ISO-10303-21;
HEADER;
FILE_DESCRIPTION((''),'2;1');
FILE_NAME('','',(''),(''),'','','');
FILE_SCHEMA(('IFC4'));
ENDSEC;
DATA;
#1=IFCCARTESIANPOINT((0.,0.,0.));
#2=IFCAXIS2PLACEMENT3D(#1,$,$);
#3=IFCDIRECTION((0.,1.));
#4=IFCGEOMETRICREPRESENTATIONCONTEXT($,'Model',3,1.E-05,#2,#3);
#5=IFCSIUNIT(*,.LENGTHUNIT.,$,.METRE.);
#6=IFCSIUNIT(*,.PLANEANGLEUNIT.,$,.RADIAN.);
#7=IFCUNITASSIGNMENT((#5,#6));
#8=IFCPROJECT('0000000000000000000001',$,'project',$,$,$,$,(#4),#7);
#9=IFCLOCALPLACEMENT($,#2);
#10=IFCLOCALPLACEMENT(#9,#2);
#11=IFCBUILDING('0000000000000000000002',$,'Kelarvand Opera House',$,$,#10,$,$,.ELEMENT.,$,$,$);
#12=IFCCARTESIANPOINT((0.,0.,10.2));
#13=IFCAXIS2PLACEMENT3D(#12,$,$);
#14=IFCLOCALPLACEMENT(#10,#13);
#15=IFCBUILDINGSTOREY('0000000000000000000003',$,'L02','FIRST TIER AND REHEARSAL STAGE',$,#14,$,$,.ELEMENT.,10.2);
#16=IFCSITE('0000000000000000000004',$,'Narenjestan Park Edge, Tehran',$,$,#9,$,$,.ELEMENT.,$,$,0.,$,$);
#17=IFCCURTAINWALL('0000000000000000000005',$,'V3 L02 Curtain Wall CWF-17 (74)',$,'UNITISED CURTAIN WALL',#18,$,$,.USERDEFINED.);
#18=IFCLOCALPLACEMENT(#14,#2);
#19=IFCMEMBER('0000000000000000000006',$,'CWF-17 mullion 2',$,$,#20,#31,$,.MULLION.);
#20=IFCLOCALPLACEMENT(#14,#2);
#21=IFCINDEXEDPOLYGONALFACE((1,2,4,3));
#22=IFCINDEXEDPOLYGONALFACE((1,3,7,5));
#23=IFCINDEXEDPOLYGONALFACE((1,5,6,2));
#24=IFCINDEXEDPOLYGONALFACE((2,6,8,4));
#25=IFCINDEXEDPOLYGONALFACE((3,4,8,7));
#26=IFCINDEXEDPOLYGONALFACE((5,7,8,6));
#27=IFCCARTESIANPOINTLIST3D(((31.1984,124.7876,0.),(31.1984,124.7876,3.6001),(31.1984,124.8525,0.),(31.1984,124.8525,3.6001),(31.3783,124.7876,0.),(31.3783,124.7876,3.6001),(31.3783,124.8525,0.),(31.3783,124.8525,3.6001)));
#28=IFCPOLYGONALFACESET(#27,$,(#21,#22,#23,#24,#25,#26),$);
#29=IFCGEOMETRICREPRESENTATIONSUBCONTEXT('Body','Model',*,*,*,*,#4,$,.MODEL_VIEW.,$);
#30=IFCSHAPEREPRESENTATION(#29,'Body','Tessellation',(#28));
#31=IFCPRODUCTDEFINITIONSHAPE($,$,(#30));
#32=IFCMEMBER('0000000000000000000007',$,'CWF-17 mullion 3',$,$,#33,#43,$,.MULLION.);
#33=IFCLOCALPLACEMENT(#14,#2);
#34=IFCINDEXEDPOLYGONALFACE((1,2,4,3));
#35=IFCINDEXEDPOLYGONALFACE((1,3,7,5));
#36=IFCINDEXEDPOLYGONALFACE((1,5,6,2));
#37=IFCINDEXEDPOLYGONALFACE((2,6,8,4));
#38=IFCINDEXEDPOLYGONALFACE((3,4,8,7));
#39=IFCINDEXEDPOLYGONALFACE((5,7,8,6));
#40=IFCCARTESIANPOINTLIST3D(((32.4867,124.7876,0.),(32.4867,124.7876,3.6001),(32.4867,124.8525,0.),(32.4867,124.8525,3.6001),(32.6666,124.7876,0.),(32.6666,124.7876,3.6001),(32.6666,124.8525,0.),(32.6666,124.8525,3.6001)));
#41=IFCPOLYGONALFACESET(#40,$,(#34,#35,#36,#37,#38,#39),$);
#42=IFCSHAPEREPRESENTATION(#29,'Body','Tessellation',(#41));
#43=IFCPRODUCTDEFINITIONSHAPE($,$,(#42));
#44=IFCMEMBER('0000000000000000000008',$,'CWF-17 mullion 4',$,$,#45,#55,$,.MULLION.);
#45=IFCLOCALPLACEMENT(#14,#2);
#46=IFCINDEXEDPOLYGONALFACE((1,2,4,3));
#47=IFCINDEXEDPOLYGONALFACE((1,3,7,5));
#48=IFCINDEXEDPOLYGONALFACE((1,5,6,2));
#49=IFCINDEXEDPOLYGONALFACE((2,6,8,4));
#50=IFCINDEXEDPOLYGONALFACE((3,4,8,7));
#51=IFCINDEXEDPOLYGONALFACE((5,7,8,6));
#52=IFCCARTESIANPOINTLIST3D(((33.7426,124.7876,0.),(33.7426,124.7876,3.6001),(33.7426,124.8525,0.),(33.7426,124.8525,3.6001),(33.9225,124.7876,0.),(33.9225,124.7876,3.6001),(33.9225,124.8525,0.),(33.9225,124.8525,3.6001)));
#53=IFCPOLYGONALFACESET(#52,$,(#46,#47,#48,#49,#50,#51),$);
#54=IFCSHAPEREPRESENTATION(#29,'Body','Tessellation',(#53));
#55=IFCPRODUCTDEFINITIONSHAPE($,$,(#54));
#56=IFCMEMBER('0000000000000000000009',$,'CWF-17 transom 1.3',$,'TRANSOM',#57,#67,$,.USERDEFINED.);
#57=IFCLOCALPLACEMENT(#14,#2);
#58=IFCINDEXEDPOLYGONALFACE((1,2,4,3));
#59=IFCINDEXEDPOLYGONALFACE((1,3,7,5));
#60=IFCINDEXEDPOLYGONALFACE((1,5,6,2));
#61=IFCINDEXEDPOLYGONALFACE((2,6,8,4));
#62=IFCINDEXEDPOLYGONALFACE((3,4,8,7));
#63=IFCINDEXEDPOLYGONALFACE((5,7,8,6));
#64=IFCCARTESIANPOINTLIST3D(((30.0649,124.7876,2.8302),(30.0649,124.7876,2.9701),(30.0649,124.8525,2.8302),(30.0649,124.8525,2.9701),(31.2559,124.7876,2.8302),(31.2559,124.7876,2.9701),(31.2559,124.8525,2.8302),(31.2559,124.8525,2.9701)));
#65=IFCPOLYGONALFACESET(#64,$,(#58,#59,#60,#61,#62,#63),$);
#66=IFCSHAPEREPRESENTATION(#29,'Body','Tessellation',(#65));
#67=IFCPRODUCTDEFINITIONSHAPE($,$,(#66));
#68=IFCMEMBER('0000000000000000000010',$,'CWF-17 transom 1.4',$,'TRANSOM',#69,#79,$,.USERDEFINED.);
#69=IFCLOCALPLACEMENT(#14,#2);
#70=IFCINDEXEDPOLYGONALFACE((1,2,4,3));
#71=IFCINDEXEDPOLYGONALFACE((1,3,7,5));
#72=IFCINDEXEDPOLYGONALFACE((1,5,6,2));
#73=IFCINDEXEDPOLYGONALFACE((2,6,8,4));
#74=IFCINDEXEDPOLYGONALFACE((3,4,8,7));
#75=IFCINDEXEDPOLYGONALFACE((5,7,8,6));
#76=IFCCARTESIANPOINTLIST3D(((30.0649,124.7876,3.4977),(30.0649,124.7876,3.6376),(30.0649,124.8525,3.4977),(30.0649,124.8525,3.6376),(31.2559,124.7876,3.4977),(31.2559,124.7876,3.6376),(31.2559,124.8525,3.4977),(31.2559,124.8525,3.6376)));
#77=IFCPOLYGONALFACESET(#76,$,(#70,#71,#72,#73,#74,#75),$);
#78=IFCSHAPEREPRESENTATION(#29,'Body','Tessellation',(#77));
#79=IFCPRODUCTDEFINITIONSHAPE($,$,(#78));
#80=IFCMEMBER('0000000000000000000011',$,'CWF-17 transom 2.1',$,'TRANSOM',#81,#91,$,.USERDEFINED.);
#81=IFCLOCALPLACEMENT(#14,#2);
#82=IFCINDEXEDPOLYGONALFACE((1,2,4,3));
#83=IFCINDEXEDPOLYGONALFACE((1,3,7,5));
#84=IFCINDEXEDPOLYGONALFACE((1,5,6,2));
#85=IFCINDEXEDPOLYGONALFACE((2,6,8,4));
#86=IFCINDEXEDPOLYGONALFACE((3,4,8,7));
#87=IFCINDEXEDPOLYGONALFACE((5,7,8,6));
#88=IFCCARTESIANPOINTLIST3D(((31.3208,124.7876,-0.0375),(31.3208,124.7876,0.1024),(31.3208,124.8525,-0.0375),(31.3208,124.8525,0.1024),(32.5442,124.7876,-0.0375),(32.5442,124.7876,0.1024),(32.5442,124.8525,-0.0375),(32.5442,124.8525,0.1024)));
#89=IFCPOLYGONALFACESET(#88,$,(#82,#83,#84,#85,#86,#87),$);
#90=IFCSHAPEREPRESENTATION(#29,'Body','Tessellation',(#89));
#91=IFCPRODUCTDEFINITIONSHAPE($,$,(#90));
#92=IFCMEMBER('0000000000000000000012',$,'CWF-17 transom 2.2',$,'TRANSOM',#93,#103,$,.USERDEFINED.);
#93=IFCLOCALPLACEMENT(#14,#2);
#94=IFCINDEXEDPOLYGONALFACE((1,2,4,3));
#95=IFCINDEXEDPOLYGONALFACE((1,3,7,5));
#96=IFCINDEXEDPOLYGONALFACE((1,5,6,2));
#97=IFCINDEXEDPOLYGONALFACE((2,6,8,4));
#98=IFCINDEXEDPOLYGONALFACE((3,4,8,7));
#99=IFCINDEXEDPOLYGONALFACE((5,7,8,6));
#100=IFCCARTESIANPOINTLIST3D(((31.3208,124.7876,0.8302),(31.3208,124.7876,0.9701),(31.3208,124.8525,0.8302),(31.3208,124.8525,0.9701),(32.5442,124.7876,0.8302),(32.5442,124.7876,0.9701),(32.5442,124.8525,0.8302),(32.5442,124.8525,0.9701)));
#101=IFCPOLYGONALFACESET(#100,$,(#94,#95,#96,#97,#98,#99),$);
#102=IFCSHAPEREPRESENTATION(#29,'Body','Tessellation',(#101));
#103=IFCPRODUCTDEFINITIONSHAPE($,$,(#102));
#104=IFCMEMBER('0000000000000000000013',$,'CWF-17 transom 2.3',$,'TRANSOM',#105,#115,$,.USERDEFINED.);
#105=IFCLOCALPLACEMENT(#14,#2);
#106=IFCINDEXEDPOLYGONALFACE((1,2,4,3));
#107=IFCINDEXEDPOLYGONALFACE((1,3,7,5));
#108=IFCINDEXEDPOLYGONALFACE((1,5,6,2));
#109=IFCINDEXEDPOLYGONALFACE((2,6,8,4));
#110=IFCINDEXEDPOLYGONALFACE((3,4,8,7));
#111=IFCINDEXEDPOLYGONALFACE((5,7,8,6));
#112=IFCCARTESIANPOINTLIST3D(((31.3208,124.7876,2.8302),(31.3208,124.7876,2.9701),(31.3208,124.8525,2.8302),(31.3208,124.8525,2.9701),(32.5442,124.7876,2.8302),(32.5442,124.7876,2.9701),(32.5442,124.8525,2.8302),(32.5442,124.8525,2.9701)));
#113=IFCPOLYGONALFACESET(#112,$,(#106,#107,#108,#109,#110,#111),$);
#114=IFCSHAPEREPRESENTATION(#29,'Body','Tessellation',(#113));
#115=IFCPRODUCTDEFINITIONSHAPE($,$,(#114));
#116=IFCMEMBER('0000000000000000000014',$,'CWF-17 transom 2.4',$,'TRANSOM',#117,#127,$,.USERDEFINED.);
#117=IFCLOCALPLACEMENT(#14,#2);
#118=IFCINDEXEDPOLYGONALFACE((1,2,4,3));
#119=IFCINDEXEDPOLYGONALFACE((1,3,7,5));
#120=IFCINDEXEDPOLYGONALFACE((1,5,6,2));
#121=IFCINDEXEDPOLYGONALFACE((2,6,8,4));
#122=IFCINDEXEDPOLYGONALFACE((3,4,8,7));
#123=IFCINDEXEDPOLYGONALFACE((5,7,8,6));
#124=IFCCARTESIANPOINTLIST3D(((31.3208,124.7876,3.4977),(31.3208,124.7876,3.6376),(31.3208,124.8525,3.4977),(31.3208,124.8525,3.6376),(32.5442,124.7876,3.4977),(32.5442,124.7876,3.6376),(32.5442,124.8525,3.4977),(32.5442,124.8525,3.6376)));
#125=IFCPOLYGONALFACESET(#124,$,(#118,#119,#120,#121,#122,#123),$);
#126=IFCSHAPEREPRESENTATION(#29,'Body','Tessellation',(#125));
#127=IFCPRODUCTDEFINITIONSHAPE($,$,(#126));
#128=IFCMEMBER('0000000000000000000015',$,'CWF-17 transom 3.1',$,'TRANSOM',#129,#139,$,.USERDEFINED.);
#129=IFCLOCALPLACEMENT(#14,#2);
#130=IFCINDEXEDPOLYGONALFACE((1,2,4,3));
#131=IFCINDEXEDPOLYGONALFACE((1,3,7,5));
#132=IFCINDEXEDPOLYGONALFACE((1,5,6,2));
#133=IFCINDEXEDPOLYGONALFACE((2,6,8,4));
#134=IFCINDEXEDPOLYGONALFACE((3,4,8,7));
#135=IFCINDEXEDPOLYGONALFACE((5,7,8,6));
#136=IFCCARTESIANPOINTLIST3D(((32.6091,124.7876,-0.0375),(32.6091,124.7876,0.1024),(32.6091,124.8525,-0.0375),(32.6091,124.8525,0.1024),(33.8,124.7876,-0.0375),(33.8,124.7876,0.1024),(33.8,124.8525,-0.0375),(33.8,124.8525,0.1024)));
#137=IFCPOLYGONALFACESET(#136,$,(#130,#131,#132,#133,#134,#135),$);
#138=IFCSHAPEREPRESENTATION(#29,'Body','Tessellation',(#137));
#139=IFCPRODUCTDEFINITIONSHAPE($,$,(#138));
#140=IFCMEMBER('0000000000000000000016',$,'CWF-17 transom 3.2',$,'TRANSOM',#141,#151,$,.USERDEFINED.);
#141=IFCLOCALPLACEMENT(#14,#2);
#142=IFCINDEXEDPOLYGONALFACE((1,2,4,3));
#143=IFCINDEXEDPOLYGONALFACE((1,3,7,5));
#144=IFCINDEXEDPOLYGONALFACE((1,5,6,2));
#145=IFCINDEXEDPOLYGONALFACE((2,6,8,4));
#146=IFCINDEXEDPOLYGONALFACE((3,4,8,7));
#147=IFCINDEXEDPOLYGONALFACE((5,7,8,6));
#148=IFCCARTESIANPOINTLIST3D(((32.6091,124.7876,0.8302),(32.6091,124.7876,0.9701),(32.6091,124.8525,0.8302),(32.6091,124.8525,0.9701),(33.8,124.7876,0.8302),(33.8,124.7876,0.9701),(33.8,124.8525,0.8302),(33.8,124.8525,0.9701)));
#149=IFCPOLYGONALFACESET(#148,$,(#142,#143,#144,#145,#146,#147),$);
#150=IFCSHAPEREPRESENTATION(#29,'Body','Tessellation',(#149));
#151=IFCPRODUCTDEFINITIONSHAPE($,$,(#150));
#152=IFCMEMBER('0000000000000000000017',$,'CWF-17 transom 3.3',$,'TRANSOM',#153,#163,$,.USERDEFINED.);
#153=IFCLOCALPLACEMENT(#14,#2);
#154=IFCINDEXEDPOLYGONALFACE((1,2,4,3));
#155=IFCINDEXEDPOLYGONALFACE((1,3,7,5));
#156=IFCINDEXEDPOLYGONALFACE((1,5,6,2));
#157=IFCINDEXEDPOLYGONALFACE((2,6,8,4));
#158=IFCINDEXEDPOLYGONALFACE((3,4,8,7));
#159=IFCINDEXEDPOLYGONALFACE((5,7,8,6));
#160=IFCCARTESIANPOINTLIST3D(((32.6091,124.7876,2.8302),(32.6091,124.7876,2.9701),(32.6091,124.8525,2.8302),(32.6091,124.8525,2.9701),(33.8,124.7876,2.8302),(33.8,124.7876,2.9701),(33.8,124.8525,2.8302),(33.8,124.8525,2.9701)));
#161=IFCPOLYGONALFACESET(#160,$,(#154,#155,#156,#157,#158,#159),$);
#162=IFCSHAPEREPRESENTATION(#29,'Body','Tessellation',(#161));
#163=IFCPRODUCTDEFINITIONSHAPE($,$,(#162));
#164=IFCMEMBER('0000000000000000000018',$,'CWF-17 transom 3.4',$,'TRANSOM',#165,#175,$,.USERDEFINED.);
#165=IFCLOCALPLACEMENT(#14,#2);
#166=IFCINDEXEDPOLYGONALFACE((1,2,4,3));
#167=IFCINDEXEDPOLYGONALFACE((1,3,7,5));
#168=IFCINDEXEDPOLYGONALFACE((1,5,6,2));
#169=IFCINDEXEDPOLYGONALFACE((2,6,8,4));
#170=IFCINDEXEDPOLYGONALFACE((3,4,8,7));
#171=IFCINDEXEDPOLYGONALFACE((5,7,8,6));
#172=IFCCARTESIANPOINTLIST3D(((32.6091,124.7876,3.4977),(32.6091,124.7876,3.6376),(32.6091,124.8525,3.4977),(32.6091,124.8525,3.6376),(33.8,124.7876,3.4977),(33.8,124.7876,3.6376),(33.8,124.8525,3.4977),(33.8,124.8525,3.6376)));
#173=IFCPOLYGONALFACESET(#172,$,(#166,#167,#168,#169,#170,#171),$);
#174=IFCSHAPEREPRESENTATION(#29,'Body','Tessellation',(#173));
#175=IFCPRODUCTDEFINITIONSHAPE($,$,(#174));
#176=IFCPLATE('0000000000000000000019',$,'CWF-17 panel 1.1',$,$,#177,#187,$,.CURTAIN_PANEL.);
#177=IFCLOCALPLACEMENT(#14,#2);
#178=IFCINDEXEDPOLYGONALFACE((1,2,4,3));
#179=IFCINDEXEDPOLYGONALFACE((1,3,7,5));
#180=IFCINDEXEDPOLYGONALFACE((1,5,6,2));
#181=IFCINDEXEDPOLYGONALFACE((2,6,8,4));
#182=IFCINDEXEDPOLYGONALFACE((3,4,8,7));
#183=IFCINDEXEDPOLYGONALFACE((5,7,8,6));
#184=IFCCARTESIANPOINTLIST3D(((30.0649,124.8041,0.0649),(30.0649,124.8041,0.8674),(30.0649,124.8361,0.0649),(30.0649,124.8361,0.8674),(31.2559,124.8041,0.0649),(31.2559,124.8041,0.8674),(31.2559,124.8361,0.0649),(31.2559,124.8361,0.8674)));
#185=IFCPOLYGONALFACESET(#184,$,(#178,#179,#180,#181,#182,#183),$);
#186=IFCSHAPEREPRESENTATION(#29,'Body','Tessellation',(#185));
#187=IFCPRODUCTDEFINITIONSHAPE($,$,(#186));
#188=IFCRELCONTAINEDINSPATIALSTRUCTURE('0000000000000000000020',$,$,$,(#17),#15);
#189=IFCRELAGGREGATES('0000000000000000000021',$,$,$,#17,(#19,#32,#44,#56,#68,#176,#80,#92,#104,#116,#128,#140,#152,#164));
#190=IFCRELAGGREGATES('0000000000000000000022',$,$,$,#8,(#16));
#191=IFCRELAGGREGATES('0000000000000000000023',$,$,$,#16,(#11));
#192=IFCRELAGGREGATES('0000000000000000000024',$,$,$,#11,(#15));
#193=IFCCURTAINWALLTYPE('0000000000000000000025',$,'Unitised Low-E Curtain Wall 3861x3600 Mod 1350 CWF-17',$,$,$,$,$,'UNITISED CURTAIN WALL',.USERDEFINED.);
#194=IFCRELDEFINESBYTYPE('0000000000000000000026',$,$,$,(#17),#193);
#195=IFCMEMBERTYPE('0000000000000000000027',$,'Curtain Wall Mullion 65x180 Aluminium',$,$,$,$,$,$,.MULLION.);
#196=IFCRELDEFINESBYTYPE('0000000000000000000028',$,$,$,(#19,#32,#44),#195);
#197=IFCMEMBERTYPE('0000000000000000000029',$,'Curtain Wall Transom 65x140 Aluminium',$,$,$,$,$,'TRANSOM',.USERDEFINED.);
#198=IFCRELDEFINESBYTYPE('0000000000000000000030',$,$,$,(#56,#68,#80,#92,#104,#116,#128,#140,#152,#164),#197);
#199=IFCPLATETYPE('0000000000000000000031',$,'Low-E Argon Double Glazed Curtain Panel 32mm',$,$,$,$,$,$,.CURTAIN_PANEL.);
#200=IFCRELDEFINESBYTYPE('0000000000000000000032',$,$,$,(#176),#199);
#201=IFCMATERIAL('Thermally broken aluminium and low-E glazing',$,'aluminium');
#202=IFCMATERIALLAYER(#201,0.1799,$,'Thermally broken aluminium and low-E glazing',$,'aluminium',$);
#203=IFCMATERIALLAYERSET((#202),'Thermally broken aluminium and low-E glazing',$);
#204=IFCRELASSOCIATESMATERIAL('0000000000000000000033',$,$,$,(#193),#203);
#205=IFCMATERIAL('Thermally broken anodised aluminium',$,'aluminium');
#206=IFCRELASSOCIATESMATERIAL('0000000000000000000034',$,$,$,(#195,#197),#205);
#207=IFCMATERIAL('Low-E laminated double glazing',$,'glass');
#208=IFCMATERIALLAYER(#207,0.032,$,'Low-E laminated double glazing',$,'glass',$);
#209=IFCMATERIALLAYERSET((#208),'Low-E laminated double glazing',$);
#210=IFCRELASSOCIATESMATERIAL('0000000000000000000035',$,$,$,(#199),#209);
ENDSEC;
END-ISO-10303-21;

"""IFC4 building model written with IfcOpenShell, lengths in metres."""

from ifc_helpers import new_model, si_unit, direction, frame, origin, origin_2d, place, context, subcontext, project, spatial, rectangle, extrude, material, layer, layer_set, material_profile, profile_set, type_object, element, aggregate, save


model = new_model("IFC4")

# Units and contexts
model_context = context("Model", 3, precision=1e-05, world=origin(), true_north=direction((0.0, 1.0)))
body_context = subcontext(model_context, "Body", "Model", "MODEL_VIEW")
ifc_project = project(units=[si_unit("LENGTHUNIT", "METRE"), si_unit("PLANEANGLEUNIT", "RADIAN")], contexts=[model_context])

# Site, building, storey
site_placement = place(None, origin())
site = spatial("IfcSite", under=ifc_project, at=site_placement, Name="Narenjestan Park Edge, Tehran", CompositionType="ELEMENT", RefElevation=0.0)
building_placement = place(site_placement, origin())
building = spatial("IfcBuilding", under=site, at=building_placement, Name="Kelarvand Opera House", CompositionType="ELEMENT")
storey_placement = place(building_placement, frame((0.0, 0.0, 10.2)))
storey = spatial("IfcBuildingStorey", under=building, at=storey_placement, Name="L02", Description="FIRST TIER AND REHEARSAL STAGE", CompositionType="ELEMENT", Elevation=10.2)

# Curtain wall, members, plate
ifc_material_1 = material(Name="Thermally broken aluminium and low-E glazing", Category="aluminium")
ifc_layer_1 = layer(ifc_material_1, 0.1799, Name="Thermally broken aluminium and low-E glazing", Category="aluminium")
ifc_layer_set_1 = layer_set([ifc_layer_1], Name="Thermally broken aluminium and low-E glazing")
curtain_wall_type = type_object("IfcCurtainWallType", Name="Unitised Low-E Curtain Wall 3861x3600 Mod 1350 CWF-17", ElementType="UNITISED CURTAIN WALL", PredefinedType="USERDEFINED", material=ifc_layer_set_1)
curtain_wall_placement = place(storey_placement, origin())
curtain_wall = element("IfcCurtainWall", 1, at=curtain_wall_placement, inside=storey, type_object=curtain_wall_type, Name="V3 L02 Curtain Wall CWF-17 (74)", ObjectType="UNITISED CURTAIN WALL", PredefinedType="USERDEFINED")
ifc_material_2 = material(Name="Thermally broken anodised aluminium", Category="aluminium")
ifc_material_profile_1 = material_profile(ifc_material_2, rectangle(XDim=0.0649, YDim=0.1799, at=origin_2d()), Name="ALU MULLION 65x180", Category="aluminium")
ifc_profile_set_1 = profile_set([ifc_material_profile_1], Name="Thermally broken anodised aluminium")
member_type_1 = type_object("IfcMemberType", Name="Curtain Wall Mullion 65x180 Aluminium", PredefinedType="MULLION", material=ifc_profile_set_1)
member_1_placement = place(storey_placement, frame((31.2883, 124.8201, 0.0), z_axis=(0.0, 0.0, 1.0), x_axis=(0.0, 1.0, 0.0)))
member_1 = element("IfcMember", 2, at=member_1_placement, type_object=member_type_1, Name="CWF-17 mullion 2", PredefinedType="MULLION", context=body_context, shape_type="SweptSolid", body=[
    extrude(rectangle(XDim=0.0649, YDim=0.1799, at=origin_2d()), origin(), (0.0, 0.0, 1.0), 3.6001),
])
member_2_placement = place(storey_placement, frame((32.5767, 124.8201, 0.0), z_axis=(0.0, 0.0, 1.0), x_axis=(0.0, 1.0, 0.0)))
member_2 = element("IfcMember", 3, at=member_2_placement, type_object=member_type_1, Name="CWF-17 mullion 3", PredefinedType="MULLION", context=body_context, shape_type="SweptSolid", body=[
    extrude(rectangle(XDim=0.0649, YDim=0.1799, at=origin_2d()), origin(), (0.0, 0.0, 1.0), 3.6001),
])
member_3_placement = place(storey_placement, frame((33.8325, 124.8201, 0.0), z_axis=(0.0, 0.0, 1.0), x_axis=(0.0, 1.0, 0.0)))
member_3 = element("IfcMember", 4, at=member_3_placement, type_object=member_type_1, Name="CWF-17 mullion 4", PredefinedType="MULLION", context=body_context, shape_type="SweptSolid", body=[
    extrude(rectangle(XDim=0.0649, YDim=0.1799, at=origin_2d()), origin(), (0.0, 0.0, 1.0), 3.6001),
])
ifc_material_profile_2 = material_profile(ifc_material_2, rectangle(XDim=0.0649, YDim=0.1399, at=origin_2d()), Name="ALU TRANSOM 65x140", Category="aluminium")
ifc_profile_set_2 = profile_set([ifc_material_profile_2], Name="Thermally broken anodised aluminium")
member_type_2 = type_object("IfcMemberType", Name="Curtain Wall Transom 65x140 Aluminium", ElementType="TRANSOM", PredefinedType="USERDEFINED", material=ifc_profile_set_2)
member_4_placement = place(storey_placement, frame((30.0649, 124.8201, 2.9001), z_axis=(1.0, 0.0, 0.0), x_axis=(0.0, 1.0, 0.0)))
member_4 = element("IfcMember", 5, at=member_4_placement, type_object=member_type_2, Name="CWF-17 transom 1.3", ObjectType="TRANSOM", PredefinedType="USERDEFINED", context=body_context, shape_type="SweptSolid", body=[
    extrude(rectangle(XDim=0.0649, YDim=0.1399, at=origin_2d()), origin(), (0.0, 0.0, 1.0), 1.1909),
])
member_5_placement = place(storey_placement, frame((30.0649, 124.8201, 3.5676), z_axis=(1.0, 0.0, 0.0), x_axis=(0.0, 1.0, 0.0)))
member_5 = element("IfcMember", 6, at=member_5_placement, type_object=member_type_2, Name="CWF-17 transom 1.4", ObjectType="TRANSOM", PredefinedType="USERDEFINED", context=body_context, shape_type="SweptSolid", body=[
    extrude(rectangle(XDim=0.0649, YDim=0.1399, at=origin_2d()), origin(), (0.0, 0.0, 1.0), 1.1909),
])
member_6_placement = place(storey_placement, frame((31.3208, 124.8201, 0.0325), z_axis=(1.0, 0.0, 0.0), x_axis=(0.0, 1.0, 0.0)))
member_6 = element("IfcMember", 7, at=member_6_placement, type_object=member_type_2, Name="CWF-17 transom 2.1", ObjectType="TRANSOM", PredefinedType="USERDEFINED", context=body_context, shape_type="SweptSolid", body=[
    extrude(rectangle(XDim=0.0649, YDim=0.1399, at=origin_2d()), origin(), (0.0, 0.0, 1.0), 1.2234),
])
member_7_placement = place(storey_placement, frame((31.3208, 124.8201, 0.9001), z_axis=(1.0, 0.0, 0.0), x_axis=(0.0, 1.0, 0.0)))
member_7 = element("IfcMember", 8, at=member_7_placement, type_object=member_type_2, Name="CWF-17 transom 2.2", ObjectType="TRANSOM", PredefinedType="USERDEFINED", context=body_context, shape_type="SweptSolid", body=[
    extrude(rectangle(XDim=0.0649, YDim=0.1399, at=origin_2d()), origin(), (0.0, 0.0, 1.0), 1.2234),
])
member_8_placement = place(storey_placement, frame((31.3208, 124.8201, 2.9001), z_axis=(1.0, 0.0, 0.0), x_axis=(0.0, 1.0, 0.0)))
member_8 = element("IfcMember", 9, at=member_8_placement, type_object=member_type_2, Name="CWF-17 transom 2.3", ObjectType="TRANSOM", PredefinedType="USERDEFINED", context=body_context, shape_type="SweptSolid", body=[
    extrude(rectangle(XDim=0.0649, YDim=0.1399, at=origin_2d()), origin(), (0.0, 0.0, 1.0), 1.2234),
])
member_9_placement = place(storey_placement, frame((31.3208, 124.8201, 3.5676), z_axis=(1.0, 0.0, 0.0), x_axis=(0.0, 1.0, 0.0)))
member_9 = element("IfcMember", 10, at=member_9_placement, type_object=member_type_2, Name="CWF-17 transom 2.4", ObjectType="TRANSOM", PredefinedType="USERDEFINED", context=body_context, shape_type="SweptSolid", body=[
    extrude(rectangle(XDim=0.0649, YDim=0.1399, at=origin_2d()), origin(), (0.0, 0.0, 1.0), 1.2234),
])
member_10_placement = place(storey_placement, frame((32.6091, 124.8201, 0.0325), z_axis=(1.0, 0.0, 0.0), x_axis=(0.0, 1.0, 0.0)))
member_10 = element("IfcMember", 11, at=member_10_placement, type_object=member_type_2, Name="CWF-17 transom 3.1", ObjectType="TRANSOM", PredefinedType="USERDEFINED", context=body_context, shape_type="SweptSolid", body=[
    extrude(rectangle(XDim=0.0649, YDim=0.1399, at=origin_2d()), origin(), (0.0, 0.0, 1.0), 1.1909),
])
member_11_placement = place(storey_placement, frame((32.6091, 124.8201, 0.9001), z_axis=(1.0, 0.0, 0.0), x_axis=(0.0, 1.0, 0.0)))
member_11 = element("IfcMember", 12, at=member_11_placement, type_object=member_type_2, Name="CWF-17 transom 3.2", ObjectType="TRANSOM", PredefinedType="USERDEFINED", context=body_context, shape_type="SweptSolid", body=[
    extrude(rectangle(XDim=0.0649, YDim=0.1399, at=origin_2d()), origin(), (0.0, 0.0, 1.0), 1.1909),
])
member_12_placement = place(storey_placement, frame((32.6091, 124.8201, 2.9001), z_axis=(1.0, 0.0, 0.0), x_axis=(0.0, 1.0, 0.0)))
member_12 = element("IfcMember", 13, at=member_12_placement, type_object=member_type_2, Name="CWF-17 transom 3.3", ObjectType="TRANSOM", PredefinedType="USERDEFINED", context=body_context, shape_type="SweptSolid", body=[
    extrude(rectangle(XDim=0.0649, YDim=0.1399, at=origin_2d()), origin(), (0.0, 0.0, 1.0), 1.1909),
])
member_13_placement = place(storey_placement, frame((32.6091, 124.8201, 3.5676), z_axis=(1.0, 0.0, 0.0), x_axis=(0.0, 1.0, 0.0)))
member_13 = element("IfcMember", 14, at=member_13_placement, type_object=member_type_2, Name="CWF-17 transom 3.4", ObjectType="TRANSOM", PredefinedType="USERDEFINED", context=body_context, shape_type="SweptSolid", body=[
    extrude(rectangle(XDim=0.0649, YDim=0.1399, at=origin_2d()), origin(), (0.0, 0.0, 1.0), 1.1909),
])
ifc_material_3 = material(Name="Low-E laminated double glazing", Category="glass")
ifc_layer_2 = layer(ifc_material_3, 0.032, Name="Low-E laminated double glazing", Category="glass")
ifc_layer_set_2 = layer_set([ifc_layer_2], Name="Low-E laminated double glazing")
plate_type = type_object("IfcPlateType", Name="Low-E Argon Double Glazed Curtain Panel 32mm", PredefinedType="CURTAIN_PANEL", material=ifc_layer_set_2)
plate_1_placement = place(storey_placement, frame((30.6604, 124.8201, 0.0649), z_axis=(0.0, 0.0, 1.0), x_axis=(1.0, 0.0, 0.0)))
plate_1 = element("IfcPlate", 15, at=plate_1_placement, type_object=plate_type, Name="CWF-17 panel 1.1", PredefinedType="CURTAIN_PANEL", context=body_context, shape_type="SweptSolid", body=[
    extrude(rectangle(XDim=1.1909, YDim=0.032, at=origin_2d()), origin(), (0.0, 0.0, 1.0), 0.8025),
])
aggregate(curtain_wall, [member_1, member_2, member_3, member_4, member_5, plate_1, member_6, member_7, member_8, member_9, member_10, member_11, member_12, member_13])

save(model, "model.ifc")
